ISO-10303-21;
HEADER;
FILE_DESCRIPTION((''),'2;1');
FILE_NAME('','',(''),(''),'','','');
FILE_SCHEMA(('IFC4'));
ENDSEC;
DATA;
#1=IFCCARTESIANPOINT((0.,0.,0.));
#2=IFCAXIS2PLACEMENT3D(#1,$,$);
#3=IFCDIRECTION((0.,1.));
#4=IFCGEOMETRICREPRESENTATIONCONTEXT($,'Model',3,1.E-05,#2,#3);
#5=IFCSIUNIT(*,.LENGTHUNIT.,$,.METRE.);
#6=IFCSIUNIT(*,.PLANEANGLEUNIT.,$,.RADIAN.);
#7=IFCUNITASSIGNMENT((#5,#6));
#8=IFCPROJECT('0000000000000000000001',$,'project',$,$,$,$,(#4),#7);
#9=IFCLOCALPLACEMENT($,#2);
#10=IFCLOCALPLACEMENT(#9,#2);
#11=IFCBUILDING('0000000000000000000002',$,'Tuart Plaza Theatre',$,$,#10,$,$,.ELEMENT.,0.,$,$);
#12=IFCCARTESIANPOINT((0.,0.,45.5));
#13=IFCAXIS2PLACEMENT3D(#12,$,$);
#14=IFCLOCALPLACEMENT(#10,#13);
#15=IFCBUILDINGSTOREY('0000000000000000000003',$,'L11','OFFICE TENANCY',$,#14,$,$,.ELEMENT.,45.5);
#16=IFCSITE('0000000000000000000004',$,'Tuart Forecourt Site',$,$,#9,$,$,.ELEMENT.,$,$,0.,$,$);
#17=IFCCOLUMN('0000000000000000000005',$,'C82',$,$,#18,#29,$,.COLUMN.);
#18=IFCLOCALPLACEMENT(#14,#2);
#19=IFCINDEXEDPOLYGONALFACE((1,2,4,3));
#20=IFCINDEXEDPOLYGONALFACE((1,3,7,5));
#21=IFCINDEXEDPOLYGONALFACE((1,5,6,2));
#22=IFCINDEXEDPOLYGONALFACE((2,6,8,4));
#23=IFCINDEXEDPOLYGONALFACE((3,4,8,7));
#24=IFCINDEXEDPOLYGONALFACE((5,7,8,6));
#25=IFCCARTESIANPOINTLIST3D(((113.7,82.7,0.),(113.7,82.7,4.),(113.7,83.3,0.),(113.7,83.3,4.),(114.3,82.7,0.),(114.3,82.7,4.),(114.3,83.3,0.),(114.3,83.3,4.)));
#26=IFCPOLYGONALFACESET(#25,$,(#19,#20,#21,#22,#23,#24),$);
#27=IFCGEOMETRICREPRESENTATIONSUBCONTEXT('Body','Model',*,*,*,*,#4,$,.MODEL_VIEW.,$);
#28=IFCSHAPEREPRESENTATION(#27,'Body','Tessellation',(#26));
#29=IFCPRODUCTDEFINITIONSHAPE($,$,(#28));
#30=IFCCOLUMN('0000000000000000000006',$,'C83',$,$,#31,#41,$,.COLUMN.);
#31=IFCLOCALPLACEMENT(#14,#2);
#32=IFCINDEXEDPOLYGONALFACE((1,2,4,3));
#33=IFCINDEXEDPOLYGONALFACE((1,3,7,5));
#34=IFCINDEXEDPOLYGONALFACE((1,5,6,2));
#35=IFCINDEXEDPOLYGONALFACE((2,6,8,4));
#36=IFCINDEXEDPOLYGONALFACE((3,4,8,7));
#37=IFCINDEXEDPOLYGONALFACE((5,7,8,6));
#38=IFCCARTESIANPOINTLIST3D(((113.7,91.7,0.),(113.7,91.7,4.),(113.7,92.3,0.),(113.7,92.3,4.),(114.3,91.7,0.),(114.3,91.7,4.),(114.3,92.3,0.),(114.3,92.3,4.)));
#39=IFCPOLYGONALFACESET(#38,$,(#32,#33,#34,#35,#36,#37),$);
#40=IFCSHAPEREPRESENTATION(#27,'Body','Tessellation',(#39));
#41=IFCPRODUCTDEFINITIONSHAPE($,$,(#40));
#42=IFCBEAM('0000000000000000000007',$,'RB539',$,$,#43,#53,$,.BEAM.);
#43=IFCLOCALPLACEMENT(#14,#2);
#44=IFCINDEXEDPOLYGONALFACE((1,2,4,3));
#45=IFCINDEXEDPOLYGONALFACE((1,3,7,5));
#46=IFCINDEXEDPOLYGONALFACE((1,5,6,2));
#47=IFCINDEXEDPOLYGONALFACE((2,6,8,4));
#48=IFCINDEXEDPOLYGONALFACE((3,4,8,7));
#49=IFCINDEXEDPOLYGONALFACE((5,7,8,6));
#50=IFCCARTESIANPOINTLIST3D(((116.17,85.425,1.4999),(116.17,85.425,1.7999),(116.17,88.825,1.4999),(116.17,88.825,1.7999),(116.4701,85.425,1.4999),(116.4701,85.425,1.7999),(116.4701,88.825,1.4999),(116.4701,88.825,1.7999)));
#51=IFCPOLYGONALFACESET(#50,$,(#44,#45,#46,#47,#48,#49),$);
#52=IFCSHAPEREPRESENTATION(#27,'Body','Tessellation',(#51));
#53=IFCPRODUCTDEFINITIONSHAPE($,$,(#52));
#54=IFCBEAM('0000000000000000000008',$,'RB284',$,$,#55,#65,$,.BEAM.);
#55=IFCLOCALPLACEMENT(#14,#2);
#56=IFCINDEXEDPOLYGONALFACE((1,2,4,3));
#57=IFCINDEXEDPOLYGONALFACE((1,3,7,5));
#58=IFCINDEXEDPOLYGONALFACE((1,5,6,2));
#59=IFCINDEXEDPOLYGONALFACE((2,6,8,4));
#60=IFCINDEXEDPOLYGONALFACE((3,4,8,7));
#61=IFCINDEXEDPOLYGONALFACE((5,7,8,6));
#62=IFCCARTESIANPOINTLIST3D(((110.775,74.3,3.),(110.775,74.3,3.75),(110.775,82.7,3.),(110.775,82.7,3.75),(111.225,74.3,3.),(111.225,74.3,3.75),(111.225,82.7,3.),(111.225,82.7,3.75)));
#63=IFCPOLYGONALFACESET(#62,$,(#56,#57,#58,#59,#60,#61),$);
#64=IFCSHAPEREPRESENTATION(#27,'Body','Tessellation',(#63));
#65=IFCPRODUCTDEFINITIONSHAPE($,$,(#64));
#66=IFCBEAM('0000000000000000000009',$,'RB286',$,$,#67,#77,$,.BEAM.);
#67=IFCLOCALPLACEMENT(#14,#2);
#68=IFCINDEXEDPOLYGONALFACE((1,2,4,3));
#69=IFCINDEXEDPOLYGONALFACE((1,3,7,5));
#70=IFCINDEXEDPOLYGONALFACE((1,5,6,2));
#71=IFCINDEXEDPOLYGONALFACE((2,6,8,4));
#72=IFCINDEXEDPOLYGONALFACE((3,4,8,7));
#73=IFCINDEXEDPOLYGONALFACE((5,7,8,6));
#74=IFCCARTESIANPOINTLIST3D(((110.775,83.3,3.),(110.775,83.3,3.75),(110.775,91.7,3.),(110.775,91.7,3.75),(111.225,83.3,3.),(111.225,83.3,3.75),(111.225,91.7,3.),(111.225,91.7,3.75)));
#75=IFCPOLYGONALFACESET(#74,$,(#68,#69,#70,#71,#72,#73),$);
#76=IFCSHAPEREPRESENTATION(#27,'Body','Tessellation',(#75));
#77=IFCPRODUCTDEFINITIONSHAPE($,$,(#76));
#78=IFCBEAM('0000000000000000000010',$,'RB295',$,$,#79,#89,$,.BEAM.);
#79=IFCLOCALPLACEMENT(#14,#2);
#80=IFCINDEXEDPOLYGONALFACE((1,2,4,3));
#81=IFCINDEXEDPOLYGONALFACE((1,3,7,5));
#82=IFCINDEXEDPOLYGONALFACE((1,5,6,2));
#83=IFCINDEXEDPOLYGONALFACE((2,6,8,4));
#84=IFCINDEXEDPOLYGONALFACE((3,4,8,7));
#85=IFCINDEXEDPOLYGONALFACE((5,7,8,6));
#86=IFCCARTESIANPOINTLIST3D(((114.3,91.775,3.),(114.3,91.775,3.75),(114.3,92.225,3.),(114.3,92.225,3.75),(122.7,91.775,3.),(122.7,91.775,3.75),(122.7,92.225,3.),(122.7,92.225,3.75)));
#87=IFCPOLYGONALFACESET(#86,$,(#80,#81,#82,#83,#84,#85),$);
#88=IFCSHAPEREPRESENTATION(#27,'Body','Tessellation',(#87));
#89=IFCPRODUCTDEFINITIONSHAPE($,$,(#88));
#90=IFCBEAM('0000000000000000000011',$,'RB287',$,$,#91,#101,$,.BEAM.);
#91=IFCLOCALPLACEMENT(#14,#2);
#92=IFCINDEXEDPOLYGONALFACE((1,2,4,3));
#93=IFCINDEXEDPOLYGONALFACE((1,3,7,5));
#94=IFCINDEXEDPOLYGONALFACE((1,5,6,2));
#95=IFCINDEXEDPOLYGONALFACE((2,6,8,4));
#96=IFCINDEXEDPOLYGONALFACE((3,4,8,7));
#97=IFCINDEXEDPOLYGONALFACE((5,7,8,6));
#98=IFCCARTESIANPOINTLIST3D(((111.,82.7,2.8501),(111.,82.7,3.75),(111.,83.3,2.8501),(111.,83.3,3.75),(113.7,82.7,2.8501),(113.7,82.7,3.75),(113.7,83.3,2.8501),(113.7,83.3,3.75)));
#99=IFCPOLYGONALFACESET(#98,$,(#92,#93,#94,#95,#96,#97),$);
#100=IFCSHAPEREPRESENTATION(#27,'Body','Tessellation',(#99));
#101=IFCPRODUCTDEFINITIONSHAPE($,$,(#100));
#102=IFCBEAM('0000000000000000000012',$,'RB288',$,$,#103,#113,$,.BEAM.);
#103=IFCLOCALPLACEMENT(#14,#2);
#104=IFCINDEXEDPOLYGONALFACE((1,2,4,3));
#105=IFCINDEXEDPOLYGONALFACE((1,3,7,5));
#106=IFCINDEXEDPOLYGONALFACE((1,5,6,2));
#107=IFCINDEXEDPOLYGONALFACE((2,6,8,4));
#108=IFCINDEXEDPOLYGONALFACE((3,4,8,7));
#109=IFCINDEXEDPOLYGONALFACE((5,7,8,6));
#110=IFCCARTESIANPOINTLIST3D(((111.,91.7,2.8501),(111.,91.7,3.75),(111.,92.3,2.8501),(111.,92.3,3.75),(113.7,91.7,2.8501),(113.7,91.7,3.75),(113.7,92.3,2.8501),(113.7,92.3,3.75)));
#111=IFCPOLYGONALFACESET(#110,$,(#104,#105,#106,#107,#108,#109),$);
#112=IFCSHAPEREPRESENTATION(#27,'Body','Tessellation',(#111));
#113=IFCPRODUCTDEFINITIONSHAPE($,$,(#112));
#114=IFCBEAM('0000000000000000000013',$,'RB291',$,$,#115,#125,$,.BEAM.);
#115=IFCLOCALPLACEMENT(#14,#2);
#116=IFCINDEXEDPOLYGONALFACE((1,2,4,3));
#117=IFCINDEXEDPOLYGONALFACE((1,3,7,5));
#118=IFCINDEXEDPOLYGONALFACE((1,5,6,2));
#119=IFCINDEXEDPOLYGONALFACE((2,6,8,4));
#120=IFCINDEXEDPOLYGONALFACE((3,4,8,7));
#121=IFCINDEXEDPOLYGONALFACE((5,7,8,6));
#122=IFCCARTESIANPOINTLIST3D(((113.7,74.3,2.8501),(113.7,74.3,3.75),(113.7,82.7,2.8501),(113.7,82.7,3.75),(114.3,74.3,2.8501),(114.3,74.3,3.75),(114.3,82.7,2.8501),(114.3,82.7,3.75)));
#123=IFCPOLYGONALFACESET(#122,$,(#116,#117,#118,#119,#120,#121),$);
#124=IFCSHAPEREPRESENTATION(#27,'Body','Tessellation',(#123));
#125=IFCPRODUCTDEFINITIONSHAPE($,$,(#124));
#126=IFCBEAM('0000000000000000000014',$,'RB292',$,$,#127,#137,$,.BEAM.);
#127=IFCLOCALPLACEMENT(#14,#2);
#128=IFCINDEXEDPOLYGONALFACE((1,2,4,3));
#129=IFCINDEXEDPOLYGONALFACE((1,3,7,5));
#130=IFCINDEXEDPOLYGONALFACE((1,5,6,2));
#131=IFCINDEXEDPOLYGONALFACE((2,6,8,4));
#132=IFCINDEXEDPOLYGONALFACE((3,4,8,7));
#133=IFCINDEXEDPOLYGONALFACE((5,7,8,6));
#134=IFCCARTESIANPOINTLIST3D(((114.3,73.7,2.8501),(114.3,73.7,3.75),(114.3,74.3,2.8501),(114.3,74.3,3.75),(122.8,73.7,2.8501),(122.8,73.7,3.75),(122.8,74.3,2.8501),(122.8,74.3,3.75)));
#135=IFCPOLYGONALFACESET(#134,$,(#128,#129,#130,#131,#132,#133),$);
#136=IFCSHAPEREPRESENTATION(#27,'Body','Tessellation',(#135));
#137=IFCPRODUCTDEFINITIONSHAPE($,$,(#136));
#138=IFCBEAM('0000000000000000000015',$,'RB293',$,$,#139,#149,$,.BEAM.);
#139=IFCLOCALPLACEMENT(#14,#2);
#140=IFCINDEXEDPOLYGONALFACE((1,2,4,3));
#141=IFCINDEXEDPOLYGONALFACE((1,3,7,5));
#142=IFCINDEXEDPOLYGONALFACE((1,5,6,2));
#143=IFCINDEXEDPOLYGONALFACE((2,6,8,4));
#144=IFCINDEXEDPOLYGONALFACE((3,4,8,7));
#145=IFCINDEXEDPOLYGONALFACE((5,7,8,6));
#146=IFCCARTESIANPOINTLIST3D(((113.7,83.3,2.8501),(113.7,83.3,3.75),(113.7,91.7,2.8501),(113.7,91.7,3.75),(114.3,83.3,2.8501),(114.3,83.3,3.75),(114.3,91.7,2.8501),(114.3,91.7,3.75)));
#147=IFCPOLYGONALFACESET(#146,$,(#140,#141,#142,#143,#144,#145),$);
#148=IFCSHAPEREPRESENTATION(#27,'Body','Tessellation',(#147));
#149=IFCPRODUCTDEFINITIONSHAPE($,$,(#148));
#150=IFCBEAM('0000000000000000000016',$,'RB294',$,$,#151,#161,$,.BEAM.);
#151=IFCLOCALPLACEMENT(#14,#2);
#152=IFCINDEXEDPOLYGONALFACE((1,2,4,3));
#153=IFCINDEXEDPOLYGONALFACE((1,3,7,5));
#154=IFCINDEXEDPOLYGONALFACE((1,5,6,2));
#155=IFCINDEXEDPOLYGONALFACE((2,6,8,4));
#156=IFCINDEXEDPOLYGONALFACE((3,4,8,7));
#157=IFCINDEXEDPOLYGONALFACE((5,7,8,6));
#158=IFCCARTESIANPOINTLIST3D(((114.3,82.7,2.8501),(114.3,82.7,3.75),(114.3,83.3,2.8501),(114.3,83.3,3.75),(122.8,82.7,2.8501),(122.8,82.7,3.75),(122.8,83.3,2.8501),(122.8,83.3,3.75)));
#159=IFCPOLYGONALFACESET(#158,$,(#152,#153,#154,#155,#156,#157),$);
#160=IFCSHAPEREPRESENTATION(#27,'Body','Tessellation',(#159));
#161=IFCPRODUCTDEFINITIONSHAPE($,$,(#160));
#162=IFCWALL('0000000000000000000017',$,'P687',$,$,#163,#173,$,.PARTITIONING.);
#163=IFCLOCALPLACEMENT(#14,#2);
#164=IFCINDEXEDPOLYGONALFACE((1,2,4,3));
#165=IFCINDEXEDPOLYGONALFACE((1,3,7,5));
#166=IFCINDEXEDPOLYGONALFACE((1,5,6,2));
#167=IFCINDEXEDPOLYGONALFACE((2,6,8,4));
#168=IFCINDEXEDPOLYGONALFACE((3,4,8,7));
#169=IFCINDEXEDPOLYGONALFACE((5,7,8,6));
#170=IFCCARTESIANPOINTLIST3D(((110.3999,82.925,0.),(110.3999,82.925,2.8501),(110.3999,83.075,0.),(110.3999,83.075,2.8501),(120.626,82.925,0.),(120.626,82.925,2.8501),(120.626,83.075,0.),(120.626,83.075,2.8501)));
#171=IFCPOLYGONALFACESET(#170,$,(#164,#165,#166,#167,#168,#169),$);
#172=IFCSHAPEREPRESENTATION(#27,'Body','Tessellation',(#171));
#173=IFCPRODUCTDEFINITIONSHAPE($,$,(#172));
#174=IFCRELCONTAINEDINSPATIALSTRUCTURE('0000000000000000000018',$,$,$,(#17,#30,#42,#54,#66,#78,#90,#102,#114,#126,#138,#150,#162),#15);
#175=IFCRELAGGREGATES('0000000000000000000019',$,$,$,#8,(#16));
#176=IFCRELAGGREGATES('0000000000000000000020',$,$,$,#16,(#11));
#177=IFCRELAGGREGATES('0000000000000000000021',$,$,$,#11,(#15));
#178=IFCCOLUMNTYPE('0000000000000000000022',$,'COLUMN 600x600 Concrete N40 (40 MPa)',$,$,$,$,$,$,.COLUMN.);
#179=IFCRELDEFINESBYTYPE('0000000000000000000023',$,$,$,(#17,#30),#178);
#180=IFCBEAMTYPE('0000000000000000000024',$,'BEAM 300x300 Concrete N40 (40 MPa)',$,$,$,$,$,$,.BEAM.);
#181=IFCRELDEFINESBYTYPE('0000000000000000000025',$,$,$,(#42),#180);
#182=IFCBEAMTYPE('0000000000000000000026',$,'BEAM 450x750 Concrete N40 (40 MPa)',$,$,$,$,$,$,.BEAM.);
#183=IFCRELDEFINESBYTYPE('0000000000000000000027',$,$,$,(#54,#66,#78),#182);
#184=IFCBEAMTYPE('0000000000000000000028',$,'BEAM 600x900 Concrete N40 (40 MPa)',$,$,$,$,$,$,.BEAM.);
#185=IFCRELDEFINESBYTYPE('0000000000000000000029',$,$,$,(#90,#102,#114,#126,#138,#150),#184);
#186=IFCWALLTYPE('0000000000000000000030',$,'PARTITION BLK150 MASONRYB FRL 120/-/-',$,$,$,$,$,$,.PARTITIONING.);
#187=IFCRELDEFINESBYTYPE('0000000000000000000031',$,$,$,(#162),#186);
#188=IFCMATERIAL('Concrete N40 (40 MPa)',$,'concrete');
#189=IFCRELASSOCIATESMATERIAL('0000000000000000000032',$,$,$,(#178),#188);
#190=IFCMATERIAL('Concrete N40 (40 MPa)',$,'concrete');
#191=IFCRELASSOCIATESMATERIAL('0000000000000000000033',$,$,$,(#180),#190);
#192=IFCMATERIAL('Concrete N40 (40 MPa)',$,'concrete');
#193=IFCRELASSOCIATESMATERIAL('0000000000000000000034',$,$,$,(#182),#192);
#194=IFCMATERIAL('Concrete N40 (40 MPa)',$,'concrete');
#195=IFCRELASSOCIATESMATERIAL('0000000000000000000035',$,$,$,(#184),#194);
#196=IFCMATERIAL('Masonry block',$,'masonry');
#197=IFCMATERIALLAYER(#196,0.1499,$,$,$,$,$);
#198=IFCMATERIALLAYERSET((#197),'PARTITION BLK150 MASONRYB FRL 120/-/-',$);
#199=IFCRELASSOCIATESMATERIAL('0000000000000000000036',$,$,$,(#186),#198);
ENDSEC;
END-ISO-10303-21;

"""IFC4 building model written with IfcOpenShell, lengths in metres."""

from ifc_helpers import new_model, si_unit, direction, frame, frame_2d, origin, origin_2d, place, context, subcontext, project, spatial, rectangle, extrude, material, layer, layer_set, material_profile, profile_set, type_object, element, save


model = new_model("IFC4")

# Units and contexts
model_context = context("Model", 3, precision=1e-05, world=origin(), true_north=direction((0.0, 1.0)))
body_context = subcontext(model_context, "Body", "Model", "MODEL_VIEW")
ifc_project = project(units=[si_unit("LENGTHUNIT", "METRE"), si_unit("PLANEANGLEUNIT", "RADIAN")], contexts=[model_context])

# Site, building, storey
site_placement = place(None, origin())
site = spatial("IfcSite", under=ifc_project, at=site_placement, Name="Tuart Forecourt Site", CompositionType="ELEMENT", RefElevation=0.0)
building_placement = place(site_placement, origin())
building = spatial("IfcBuilding", under=site, at=building_placement, Name="Tuart Plaza Theatre", CompositionType="ELEMENT", ElevationOfRefHeight=0.0)
storey_placement = place(building_placement, frame((0.0, 0.0, 45.5)))
storey = spatial("IfcBuildingStorey", under=building, at=storey_placement, Name="L11", Description="OFFICE TENANCY", CompositionType="ELEMENT", Elevation=45.5)

# Columns
ifc_material_1 = material(Name="Concrete N40 (40 MPa)", Category="concrete")
ifc_material_profile_1 = material_profile(ifc_material_1, rectangle(XDim=0.6001, YDim=0.6001, at=origin_2d()), Name="COLUMN 600x600 Concrete N40 (40 MPa)")
ifc_profile_set_1 = profile_set([ifc_material_profile_1], Name="Concrete N40 (40 MPa)")
column_type = type_object("IfcColumnType", Name="COLUMN 600x600 Concrete N40 (40 MPa)", PredefinedType="COLUMN", material=ifc_profile_set_1)
for number, where, z_axis, x_axis, name in (
    (1, (114.0, 83.0, 0.0), (0.0, 0.0, 1.0), (1.0, 0.0, 0.0), "C82"),
    (2, (114.0, 92.0, 0.0), (0.0, 0.0, 1.0), (1.0, 0.0, 0.0), "C83"),
):
    element("IfcColumn", number, at=place(storey_placement, frame(where, z_axis=z_axis, x_axis=x_axis)), inside=storey, type_object=column_type, Name=name, PredefinedType="COLUMN", context=body_context, shape_type="SweptSolid", body=[
        extrude(rectangle(XDim=0.6001, YDim=0.6001, at=origin_2d()), origin(), (0.0, 0.0, 1.0), 4.0),
    ])

# Beams
ifc_material_2 = material(Name="Concrete N40 (40 MPa)", Category="concrete")
ifc_material_profile_2 = material_profile(ifc_material_2, rectangle(XDim=0.3, YDim=0.3, at=origin_2d()), Name="BEAM 300x300 Concrete N40 (40 MPa)")
ifc_profile_set_2 = profile_set([ifc_material_profile_2], Name="Concrete N40 (40 MPa)")
beam_type_1 = type_object("IfcBeamType", Name="BEAM 300x300 Concrete N40 (40 MPa)", PredefinedType="BEAM", material=ifc_profile_set_2)
beam_1_placement = place(storey_placement, frame((116.3201, 88.825, 1.6499), z_axis=(0.0, -1.0, 0.0), x_axis=(1.0, 0.0, 0.0)))
element("IfcBeam", 3, at=beam_1_placement, inside=storey, type_object=beam_type_1, Name="RB539", PredefinedType="BEAM", context=body_context, shape_type="SweptSolid", body=[
    extrude(rectangle(XDim=0.3, YDim=0.3, at=origin_2d()), origin(), (0.0, 0.0, 1.0), 3.3999),
])
ifc_material_3 = material(Name="Concrete N40 (40 MPa)", Category="concrete")
ifc_material_profile_3 = material_profile(ifc_material_3, rectangle(XDim=0.45, YDim=0.75, at=origin_2d()), Name="BEAM 450x750 Concrete N40 (40 MPa)")
ifc_profile_set_3 = profile_set([ifc_material_profile_3], Name="Concrete N40 (40 MPa)")
beam_type_2 = type_object("IfcBeamType", Name="BEAM 450x750 Concrete N40 (40 MPa)", PredefinedType="BEAM", material=ifc_profile_set_3)
for number, where, z_axis, x_axis, name in (
    (4, (111.0, 74.3, 3.375), (0.0, 1.0, 0.0), (-1.0, 0.0, 0.0), "RB284"),
    (5, (111.0, 83.3, 3.375), (0.0, 1.0, 0.0), (-1.0, 0.0, 0.0), "RB286"),
    (6, (114.3, 92.0, 3.375), (1.0, 0.0, 0.0), (0.0, 1.0, 0.0), "RB295"),
):
    element("IfcBeam", number, at=place(storey_placement, frame(where, z_axis=z_axis, x_axis=x_axis)), inside=storey, type_object=beam_type_2, Name=name, PredefinedType="BEAM", context=body_context, shape_type="SweptSolid", body=[
        extrude(rectangle(XDim=0.45, YDim=0.75, at=origin_2d()), origin(), (0.0, 0.0, 1.0), 8.3999),
    ])
ifc_material_4 = material(Name="Concrete N40 (40 MPa)", Category="concrete")
ifc_material_profile_4 = material_profile(ifc_material_4, rectangle(XDim=0.6001, YDim=0.8999, at=origin_2d()), Name="BEAM 600x900 Concrete N40 (40 MPa)")
ifc_profile_set_4 = profile_set([ifc_material_profile_4], Name="Concrete N40 (40 MPa)")
beam_type_3 = type_object("IfcBeamType", Name="BEAM 600x900 Concrete N40 (40 MPa)", PredefinedType="BEAM", material=ifc_profile_set_4)
for number, where, z_axis, x_axis, name in (
    (7, (111.0, 83.0, 3.3), (1.0, 0.0, 0.0), (0.0, 1.0, 0.0), "RB287"),
    (8, (111.0, 92.0, 3.3), (1.0, 0.0, 0.0), (0.0, 1.0, 0.0), "RB288"),
):
    element("IfcBeam", number, at=place(storey_placement, frame(where, z_axis=z_axis, x_axis=x_axis)), inside=storey, type_object=beam_type_3, Name=name, PredefinedType="BEAM", context=body_context, shape_type="SweptSolid", body=[
        extrude(rectangle(XDim=0.6001, YDim=0.8999, at=origin_2d()), origin(), (0.0, 0.0, 1.0), 2.7),
    ])
beam_2_placement = place(storey_placement, frame((114.0, 74.3, 3.3), z_axis=(0.0, 1.0, 0.0), x_axis=(-1.0, 0.0, 0.0)))
element("IfcBeam", 9, at=beam_2_placement, inside=storey, type_object=beam_type_3, Name="RB291", PredefinedType="BEAM", context=body_context, shape_type="SweptSolid", body=[
    extrude(rectangle(XDim=0.6001, YDim=0.8999, at=origin_2d()), origin(), (0.0, 0.0, 1.0), 8.3999),
])
beam_3_placement = place(storey_placement, frame((114.3, 74.0, 3.3), z_axis=(1.0, 0.0, 0.0), x_axis=(0.0, 1.0, 0.0)))
element("IfcBeam", 10, at=beam_3_placement, inside=storey, type_object=beam_type_3, Name="RB292", PredefinedType="BEAM", context=body_context, shape_type="SweptSolid", body=[
    extrude(rectangle(XDim=0.6001, YDim=0.8999, at=origin_2d()), origin(), (0.0, 0.0, 1.0), 8.5),
])
beam_4_placement = place(storey_placement, frame((114.0, 83.3, 3.3), z_axis=(0.0, 1.0, 0.0), x_axis=(-1.0, 0.0, 0.0)))
element("IfcBeam", 11, at=beam_4_placement, inside=storey, type_object=beam_type_3, Name="RB293", PredefinedType="BEAM", context=body_context, shape_type="SweptSolid", body=[
    extrude(rectangle(XDim=0.6001, YDim=0.8999, at=origin_2d()), origin(), (0.0, 0.0, 1.0), 8.3999),
])
beam_5_placement = place(storey_placement, frame((114.3, 83.0, 3.3), z_axis=(1.0, 0.0, 0.0), x_axis=(0.0, 1.0, 0.0)))
element("IfcBeam", 12, at=beam_5_placement, inside=storey, type_object=beam_type_3, Name="RB294", PredefinedType="BEAM", context=body_context, shape_type="SweptSolid", body=[
    extrude(rectangle(XDim=0.6001, YDim=0.8999, at=origin_2d()), origin(), (0.0, 0.0, 1.0), 8.5),
])

# Wall
ifc_material_5 = material(Name="Masonry block", Category="masonry")
ifc_layer_1 = layer(ifc_material_5, 0.1499)
ifc_layer_set_1 = layer_set([ifc_layer_1], Name="PARTITION BLK150 MASONRYB FRL 120/-/-")
wall_type_1 = type_object("IfcWallType", Name="PARTITION BLK150 MASONRYB FRL 120/-/-", PredefinedType="PARTITIONING", material=ifc_layer_set_1)
wall_1_placement = place(storey_placement, frame((110.3999, 83.0, 0.0), z_axis=(0.0, 0.0, 1.0), x_axis=(1.0, 0.0, 0.0)))
element("IfcWall", 13, at=wall_1_placement, inside=storey, type_object=wall_type_1, Name="P687", PredefinedType="PARTITIONING", context=body_context, shape_type="SweptSolid", body=[
    extrude(rectangle(XDim=10.2261, YDim=0.1499, at=frame_2d((5.113, 0.0))), origin(), (0.0, 0.0, 1.0), 2.8501),
])

save(model, "model.ifc")
